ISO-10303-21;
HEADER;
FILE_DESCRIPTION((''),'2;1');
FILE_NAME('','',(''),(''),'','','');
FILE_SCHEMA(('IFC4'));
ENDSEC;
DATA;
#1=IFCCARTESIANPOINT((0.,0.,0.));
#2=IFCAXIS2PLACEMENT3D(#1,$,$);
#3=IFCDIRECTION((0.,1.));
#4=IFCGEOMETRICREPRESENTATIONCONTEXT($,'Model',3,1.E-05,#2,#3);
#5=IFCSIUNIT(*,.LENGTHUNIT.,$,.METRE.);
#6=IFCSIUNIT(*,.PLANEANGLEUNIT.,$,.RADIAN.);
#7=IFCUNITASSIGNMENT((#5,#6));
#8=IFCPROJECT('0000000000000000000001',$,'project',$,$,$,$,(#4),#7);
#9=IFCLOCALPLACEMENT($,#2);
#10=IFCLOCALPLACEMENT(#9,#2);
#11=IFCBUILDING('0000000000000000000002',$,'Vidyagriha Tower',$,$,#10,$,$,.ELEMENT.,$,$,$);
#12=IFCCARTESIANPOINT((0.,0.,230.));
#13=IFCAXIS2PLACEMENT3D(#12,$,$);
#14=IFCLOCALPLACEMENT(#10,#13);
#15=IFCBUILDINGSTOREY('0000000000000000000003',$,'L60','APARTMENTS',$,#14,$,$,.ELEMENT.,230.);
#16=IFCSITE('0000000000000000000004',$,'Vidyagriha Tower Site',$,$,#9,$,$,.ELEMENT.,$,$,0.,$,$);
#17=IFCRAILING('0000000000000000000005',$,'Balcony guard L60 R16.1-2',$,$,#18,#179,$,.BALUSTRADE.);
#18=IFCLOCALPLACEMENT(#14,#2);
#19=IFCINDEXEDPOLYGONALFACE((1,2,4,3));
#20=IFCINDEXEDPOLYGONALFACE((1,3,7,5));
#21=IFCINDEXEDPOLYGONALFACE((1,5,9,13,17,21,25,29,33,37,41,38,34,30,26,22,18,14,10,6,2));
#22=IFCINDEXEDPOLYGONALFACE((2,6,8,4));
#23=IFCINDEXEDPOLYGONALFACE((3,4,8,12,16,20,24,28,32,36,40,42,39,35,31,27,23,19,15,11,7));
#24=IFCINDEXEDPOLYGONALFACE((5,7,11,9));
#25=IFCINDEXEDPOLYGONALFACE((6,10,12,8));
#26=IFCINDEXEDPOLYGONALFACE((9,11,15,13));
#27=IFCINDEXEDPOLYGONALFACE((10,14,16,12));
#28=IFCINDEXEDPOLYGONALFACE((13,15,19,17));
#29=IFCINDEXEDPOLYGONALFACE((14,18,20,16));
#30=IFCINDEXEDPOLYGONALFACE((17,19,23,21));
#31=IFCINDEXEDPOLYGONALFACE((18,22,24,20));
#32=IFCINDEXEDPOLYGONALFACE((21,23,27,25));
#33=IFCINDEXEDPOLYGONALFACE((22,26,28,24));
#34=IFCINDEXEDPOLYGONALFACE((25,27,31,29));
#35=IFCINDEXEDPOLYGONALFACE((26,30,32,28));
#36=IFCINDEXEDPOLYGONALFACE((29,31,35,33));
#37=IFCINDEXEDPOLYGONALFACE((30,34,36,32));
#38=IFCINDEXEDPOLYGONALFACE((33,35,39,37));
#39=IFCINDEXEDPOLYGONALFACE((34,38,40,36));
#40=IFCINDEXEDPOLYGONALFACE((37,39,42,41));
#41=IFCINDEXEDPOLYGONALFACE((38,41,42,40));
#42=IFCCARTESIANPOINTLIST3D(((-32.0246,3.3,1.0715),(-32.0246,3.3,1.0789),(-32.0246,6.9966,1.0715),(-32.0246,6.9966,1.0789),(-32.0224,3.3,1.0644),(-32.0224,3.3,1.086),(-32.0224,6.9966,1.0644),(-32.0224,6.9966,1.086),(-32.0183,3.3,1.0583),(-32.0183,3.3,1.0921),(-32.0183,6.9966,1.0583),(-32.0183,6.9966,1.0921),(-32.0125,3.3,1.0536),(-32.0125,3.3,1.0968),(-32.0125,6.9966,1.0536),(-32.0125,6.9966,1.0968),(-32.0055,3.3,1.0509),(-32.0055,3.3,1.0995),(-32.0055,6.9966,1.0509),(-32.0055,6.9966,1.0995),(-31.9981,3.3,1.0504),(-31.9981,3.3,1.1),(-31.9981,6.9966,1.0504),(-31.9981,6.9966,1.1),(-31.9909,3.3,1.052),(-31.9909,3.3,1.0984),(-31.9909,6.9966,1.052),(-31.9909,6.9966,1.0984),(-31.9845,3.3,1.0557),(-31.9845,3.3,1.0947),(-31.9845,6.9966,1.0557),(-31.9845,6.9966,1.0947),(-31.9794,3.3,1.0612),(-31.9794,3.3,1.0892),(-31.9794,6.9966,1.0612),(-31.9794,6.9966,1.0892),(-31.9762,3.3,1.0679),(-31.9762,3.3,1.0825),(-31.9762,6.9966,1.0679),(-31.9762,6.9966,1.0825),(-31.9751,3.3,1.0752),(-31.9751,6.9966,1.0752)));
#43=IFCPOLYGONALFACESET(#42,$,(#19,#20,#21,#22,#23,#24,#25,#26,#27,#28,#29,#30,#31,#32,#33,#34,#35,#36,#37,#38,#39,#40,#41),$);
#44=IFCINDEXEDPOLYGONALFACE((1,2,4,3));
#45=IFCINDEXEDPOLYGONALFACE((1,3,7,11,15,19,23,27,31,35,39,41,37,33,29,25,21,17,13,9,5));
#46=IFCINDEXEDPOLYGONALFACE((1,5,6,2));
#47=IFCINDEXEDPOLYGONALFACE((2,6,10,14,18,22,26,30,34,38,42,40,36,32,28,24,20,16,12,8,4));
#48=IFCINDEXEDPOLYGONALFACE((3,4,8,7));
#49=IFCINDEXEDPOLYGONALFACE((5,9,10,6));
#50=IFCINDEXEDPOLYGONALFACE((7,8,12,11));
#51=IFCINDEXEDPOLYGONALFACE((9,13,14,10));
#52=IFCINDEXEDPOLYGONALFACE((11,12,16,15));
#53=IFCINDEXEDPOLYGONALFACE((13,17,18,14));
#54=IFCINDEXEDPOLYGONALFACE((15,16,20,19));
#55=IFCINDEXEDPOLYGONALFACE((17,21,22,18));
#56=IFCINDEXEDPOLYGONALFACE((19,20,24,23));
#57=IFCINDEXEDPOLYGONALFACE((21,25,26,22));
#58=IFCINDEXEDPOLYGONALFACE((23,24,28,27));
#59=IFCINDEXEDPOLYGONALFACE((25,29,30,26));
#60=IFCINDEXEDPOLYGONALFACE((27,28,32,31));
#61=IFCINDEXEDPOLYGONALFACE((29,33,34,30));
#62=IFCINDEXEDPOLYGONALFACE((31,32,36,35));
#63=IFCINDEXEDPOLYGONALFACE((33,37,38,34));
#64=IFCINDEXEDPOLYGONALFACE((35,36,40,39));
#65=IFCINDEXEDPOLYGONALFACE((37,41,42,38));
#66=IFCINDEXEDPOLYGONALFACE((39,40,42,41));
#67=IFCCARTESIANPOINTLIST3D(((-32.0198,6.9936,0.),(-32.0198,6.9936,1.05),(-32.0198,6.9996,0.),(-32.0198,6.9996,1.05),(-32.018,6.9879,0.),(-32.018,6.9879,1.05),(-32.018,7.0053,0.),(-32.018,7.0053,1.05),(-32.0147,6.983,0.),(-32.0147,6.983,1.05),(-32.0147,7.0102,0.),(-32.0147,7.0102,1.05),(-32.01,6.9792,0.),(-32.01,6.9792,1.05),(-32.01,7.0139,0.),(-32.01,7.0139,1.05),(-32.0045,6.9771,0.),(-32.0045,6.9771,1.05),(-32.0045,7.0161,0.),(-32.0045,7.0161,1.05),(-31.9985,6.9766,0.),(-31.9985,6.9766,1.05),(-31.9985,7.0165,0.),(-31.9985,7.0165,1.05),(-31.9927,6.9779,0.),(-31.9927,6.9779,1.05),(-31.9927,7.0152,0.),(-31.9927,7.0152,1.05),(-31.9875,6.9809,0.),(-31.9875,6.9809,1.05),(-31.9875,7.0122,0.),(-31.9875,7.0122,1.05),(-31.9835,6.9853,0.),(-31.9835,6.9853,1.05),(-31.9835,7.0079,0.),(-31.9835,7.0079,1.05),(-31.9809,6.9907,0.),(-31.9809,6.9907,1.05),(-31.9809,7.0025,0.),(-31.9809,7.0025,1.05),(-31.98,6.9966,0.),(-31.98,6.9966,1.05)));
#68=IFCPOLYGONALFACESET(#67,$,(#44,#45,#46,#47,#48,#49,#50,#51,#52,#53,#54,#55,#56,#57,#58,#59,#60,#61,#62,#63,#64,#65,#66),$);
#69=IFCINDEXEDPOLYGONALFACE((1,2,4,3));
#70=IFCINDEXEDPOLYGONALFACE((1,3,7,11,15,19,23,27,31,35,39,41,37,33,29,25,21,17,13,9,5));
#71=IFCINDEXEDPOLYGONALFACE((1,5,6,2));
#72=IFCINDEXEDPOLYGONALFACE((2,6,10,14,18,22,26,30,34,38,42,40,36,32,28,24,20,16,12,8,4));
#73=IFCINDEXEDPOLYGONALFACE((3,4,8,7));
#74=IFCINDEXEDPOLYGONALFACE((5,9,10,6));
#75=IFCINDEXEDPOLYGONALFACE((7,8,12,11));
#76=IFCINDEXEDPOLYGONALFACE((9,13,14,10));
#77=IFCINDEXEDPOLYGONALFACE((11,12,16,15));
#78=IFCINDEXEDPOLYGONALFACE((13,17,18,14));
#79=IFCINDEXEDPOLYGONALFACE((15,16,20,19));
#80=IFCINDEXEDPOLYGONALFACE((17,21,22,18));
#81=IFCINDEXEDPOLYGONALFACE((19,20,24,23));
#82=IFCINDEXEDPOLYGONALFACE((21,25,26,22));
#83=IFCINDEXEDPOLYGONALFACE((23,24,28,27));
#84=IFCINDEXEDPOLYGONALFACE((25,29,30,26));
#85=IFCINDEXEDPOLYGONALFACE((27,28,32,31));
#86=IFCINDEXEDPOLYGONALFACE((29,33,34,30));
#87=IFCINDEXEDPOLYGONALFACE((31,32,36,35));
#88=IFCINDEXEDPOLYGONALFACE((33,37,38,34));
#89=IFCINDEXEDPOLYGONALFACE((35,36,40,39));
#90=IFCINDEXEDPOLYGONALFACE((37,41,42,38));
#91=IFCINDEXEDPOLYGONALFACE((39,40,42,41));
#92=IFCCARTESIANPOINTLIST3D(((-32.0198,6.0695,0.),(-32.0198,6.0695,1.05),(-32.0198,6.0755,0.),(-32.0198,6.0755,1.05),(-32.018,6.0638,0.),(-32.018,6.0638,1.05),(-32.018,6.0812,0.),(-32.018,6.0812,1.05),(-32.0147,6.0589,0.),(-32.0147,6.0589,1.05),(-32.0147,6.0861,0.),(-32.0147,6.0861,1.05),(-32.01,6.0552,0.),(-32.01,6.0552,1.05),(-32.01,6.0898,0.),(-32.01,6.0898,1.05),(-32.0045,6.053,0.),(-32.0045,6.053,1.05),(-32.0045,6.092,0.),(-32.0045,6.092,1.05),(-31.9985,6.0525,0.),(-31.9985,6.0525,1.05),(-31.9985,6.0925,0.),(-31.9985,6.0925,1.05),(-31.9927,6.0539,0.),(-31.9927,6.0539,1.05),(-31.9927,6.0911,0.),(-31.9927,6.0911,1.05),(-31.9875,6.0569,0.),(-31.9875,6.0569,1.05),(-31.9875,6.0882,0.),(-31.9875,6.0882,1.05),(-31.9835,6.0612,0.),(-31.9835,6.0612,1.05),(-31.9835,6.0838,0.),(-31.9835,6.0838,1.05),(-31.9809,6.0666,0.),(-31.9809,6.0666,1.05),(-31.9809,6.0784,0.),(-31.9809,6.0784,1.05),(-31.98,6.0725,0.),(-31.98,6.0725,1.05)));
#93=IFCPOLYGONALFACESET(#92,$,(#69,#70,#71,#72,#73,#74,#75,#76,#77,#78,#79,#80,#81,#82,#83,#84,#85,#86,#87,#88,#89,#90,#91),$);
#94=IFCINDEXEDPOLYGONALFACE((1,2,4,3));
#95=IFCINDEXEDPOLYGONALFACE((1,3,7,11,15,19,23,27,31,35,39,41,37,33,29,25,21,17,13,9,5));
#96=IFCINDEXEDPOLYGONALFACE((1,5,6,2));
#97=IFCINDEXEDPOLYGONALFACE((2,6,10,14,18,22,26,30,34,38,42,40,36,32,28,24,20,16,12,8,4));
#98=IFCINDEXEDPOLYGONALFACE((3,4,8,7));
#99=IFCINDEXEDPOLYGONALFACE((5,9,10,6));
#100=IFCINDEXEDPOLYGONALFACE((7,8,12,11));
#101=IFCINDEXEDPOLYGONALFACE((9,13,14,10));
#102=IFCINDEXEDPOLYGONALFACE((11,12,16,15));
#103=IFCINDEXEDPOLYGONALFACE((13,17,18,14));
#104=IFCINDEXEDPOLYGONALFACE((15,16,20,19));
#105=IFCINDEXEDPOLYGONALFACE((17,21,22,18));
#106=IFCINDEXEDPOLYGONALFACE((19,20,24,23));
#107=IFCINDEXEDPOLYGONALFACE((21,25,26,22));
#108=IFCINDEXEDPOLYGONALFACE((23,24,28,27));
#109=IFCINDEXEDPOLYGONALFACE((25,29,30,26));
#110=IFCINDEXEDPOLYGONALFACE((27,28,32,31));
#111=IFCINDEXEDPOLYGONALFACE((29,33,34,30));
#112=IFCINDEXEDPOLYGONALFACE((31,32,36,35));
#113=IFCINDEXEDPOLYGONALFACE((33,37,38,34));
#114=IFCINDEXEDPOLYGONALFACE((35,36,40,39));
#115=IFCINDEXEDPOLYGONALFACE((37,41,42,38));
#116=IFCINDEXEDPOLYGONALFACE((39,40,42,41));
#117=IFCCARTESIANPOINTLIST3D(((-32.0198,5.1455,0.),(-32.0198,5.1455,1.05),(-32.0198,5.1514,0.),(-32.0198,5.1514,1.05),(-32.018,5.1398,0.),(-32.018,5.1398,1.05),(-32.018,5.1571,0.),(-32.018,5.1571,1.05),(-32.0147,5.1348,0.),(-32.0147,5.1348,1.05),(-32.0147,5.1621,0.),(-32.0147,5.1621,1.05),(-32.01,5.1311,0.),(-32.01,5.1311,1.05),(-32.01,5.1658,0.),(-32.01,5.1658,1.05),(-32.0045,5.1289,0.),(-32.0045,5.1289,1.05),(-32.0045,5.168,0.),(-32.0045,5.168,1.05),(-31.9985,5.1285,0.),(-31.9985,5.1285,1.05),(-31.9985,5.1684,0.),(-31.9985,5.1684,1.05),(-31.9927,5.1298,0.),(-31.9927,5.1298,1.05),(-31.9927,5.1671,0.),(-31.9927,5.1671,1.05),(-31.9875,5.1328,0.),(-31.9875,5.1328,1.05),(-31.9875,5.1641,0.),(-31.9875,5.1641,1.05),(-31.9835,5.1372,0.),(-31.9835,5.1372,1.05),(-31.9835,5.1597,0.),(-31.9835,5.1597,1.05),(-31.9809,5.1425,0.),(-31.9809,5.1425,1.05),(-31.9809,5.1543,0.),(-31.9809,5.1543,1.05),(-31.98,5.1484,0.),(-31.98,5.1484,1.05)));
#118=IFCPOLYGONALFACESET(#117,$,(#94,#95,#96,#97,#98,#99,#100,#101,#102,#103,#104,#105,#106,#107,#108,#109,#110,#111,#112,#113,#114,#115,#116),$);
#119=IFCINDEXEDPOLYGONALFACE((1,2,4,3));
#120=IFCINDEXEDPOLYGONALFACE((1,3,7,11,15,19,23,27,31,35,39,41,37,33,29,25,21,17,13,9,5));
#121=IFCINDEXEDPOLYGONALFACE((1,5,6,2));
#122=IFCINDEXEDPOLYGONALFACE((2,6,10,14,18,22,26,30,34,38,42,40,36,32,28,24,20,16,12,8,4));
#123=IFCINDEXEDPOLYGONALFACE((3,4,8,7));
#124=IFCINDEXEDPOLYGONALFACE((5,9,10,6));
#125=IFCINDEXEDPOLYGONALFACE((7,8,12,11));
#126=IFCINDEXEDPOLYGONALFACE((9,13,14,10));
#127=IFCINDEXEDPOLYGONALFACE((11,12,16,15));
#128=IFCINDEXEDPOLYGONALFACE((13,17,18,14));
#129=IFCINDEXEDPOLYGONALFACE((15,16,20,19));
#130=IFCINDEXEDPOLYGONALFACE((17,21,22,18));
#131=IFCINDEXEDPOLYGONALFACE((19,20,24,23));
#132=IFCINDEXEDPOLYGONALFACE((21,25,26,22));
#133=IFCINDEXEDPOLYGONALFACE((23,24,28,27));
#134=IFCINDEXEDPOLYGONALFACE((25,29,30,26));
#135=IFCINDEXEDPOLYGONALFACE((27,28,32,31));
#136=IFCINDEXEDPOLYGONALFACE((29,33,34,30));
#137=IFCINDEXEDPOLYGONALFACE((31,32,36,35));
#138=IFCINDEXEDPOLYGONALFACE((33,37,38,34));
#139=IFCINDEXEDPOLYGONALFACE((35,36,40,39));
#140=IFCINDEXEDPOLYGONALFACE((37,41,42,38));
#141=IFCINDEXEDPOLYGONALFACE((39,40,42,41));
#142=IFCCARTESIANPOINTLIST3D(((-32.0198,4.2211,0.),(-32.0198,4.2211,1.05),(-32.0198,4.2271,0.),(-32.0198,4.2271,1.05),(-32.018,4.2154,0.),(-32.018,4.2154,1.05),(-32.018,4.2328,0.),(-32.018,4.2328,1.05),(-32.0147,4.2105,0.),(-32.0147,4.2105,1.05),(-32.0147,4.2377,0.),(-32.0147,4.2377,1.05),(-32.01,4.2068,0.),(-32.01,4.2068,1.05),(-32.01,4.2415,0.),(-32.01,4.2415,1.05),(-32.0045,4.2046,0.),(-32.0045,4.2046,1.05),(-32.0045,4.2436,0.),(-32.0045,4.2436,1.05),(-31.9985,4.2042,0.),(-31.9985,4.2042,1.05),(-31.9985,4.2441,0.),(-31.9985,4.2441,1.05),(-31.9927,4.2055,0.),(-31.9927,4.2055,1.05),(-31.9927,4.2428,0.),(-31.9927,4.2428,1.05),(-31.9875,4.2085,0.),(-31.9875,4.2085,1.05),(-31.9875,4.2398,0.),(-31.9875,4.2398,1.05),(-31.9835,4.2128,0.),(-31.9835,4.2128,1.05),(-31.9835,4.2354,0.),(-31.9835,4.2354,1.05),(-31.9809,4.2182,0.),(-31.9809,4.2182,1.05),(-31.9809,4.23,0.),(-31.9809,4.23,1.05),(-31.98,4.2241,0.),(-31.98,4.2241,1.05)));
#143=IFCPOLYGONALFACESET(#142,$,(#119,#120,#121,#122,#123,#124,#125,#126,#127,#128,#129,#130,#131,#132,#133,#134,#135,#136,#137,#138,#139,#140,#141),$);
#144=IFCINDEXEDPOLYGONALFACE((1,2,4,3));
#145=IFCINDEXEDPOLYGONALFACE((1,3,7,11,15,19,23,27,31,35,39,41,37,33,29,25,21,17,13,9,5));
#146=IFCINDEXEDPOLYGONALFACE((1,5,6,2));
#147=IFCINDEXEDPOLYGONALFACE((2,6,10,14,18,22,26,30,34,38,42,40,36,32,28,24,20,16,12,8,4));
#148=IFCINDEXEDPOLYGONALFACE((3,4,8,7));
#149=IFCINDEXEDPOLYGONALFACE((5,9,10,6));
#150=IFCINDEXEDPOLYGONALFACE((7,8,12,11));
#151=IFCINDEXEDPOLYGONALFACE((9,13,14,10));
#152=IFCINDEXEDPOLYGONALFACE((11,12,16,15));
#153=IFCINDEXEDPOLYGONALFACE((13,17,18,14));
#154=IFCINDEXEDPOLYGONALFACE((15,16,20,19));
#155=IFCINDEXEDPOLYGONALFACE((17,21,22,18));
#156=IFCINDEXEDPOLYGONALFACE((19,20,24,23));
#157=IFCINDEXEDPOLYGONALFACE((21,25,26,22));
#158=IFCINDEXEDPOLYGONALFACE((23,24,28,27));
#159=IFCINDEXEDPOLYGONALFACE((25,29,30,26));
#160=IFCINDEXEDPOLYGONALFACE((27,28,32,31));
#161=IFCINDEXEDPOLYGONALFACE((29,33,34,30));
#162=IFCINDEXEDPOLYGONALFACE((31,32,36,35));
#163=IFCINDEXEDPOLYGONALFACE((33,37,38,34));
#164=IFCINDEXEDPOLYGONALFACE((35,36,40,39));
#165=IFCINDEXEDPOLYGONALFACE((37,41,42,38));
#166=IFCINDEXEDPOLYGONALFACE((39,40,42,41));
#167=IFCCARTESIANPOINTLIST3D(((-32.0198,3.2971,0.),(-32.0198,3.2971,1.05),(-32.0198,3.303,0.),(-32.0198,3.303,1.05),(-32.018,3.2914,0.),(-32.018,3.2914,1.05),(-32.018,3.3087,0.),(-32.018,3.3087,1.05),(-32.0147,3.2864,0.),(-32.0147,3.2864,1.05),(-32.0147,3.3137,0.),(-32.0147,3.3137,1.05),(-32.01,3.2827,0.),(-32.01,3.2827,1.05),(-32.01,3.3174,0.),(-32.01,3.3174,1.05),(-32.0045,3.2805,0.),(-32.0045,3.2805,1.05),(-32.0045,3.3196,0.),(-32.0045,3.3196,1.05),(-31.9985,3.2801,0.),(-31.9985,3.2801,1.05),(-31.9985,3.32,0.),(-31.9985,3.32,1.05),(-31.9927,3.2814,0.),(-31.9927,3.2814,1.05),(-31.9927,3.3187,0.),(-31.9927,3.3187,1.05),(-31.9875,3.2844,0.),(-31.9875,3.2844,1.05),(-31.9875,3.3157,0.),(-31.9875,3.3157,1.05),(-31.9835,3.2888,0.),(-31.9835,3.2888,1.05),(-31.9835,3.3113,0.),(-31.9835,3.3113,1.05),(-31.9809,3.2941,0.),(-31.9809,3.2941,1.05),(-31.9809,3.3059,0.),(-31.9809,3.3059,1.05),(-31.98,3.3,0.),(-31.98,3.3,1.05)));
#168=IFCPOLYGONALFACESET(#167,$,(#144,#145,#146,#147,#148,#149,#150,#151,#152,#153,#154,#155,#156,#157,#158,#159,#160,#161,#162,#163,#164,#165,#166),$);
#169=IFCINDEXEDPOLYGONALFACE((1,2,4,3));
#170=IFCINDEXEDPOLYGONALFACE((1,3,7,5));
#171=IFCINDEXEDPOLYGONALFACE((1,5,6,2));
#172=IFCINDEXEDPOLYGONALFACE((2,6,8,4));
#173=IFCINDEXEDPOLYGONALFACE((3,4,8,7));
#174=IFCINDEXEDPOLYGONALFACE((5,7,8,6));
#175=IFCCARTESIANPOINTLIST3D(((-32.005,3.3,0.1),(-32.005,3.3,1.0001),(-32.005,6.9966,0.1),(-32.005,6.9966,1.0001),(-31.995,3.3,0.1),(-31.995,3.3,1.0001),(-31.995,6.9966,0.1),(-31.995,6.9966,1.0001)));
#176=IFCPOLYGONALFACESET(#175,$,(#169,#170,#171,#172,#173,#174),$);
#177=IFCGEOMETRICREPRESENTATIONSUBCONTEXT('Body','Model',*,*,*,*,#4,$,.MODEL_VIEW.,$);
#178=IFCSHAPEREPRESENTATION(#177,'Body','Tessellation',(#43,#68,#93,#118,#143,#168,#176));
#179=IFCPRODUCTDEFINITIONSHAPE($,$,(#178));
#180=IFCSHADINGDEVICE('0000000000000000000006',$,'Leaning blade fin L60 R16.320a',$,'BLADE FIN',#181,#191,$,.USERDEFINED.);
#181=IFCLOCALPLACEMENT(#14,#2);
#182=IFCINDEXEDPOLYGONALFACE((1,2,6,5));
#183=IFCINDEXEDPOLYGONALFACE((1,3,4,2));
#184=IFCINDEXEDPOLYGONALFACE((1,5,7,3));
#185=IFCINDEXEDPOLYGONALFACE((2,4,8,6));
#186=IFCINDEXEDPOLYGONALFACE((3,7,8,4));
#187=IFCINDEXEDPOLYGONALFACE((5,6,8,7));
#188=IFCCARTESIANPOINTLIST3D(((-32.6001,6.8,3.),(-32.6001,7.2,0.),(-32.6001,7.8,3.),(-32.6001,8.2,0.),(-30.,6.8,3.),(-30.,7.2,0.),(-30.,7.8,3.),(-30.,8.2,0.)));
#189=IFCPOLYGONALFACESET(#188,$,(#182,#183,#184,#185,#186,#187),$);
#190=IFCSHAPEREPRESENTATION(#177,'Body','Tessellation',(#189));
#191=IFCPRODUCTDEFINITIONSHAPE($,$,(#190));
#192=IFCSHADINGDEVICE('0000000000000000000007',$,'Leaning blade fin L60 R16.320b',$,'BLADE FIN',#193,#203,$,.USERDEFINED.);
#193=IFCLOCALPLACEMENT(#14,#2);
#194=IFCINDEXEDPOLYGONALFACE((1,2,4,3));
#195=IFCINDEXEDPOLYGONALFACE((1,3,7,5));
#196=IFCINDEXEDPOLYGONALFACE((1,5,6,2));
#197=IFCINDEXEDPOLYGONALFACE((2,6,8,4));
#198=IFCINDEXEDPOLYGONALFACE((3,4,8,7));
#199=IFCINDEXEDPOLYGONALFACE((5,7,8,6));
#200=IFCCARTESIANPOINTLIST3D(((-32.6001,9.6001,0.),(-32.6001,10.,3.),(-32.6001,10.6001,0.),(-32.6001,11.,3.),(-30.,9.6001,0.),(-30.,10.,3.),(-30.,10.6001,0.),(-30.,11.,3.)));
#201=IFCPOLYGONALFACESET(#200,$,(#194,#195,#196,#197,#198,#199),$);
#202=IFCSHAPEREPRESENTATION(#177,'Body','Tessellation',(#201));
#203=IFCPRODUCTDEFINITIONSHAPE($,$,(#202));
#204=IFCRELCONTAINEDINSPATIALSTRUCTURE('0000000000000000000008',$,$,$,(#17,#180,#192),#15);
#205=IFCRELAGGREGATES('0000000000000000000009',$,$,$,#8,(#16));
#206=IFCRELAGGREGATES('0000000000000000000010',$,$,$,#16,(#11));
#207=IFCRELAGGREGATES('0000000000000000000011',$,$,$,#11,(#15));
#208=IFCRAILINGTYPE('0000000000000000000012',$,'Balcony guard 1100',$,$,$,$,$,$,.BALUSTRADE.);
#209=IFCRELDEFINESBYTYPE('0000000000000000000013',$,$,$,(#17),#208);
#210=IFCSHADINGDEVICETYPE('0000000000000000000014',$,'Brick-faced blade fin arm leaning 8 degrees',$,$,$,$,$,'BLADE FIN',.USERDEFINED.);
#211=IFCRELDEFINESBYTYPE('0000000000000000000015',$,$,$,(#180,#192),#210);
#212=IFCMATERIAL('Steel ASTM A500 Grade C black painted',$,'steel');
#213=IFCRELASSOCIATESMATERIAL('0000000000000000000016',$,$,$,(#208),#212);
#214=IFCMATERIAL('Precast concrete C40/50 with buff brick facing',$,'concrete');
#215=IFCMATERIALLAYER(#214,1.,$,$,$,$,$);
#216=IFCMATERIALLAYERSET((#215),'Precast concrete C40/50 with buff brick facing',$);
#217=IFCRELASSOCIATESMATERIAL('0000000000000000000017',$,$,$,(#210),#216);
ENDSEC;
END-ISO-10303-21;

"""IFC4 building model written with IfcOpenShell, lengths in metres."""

from ifc_helpers import new_model, si_unit, direction, frame, origin, origin_2d, place, context, subcontext, project, spatial, polyline, rectangle, circle, outline, extrude, material, layer, layer_set, type_object, element, save


model = new_model("IFC4")

# Units and contexts
model_context = context("Model", 3, precision=1e-05, world=origin(), true_north=direction((0.0, 1.0)))
body_context = subcontext(model_context, "Body", "Model", "MODEL_VIEW")
ifc_project = project(units=[si_unit("LENGTHUNIT", "METRE"), si_unit("PLANEANGLEUNIT", "RADIAN")], contexts=[model_context])

# Site, building, storey
site_placement = place(None, origin())
site = spatial("IfcSite", under=ifc_project, at=site_placement, Name="Vidyagriha Tower Site", CompositionType="ELEMENT", RefElevation=0.0)
building_placement = place(site_placement, origin())
building = spatial("IfcBuilding", under=site, at=building_placement, Name="Vidyagriha Tower", CompositionType="ELEMENT")
storey_placement = place(building_placement, frame((0.0, 0.0, 230.0)))
storey = spatial("IfcBuildingStorey", under=building, at=storey_placement, Name="L60", Description="APARTMENTS", CompositionType="ELEMENT", Elevation=230.0)

# Railing
ifc_material_1 = material(Name="Steel ASTM A500 Grade C black painted", Category="steel")
railing_type = type_object("IfcRailingType", Name="Balcony guard 1100", PredefinedType="BALUSTRADE", material=ifc_material_1)
railing_1_placement = place(storey_placement, frame((-32.0, 6.9966, 0.0)))
element("IfcRailing", 1, at=railing_1_placement, inside=storey, type_object=railing_type, Name="Balcony guard L60 R16.1-2", PredefinedType="BALUSTRADE", context=body_context, shape_type="SweptSolid", body=[
    extrude(circle(Radius=0.0249, at=origin_2d()), frame((0.0, 0.0, 1.0752), z_axis=(0.0, -1.0, 0.0), x_axis=(1.0, 0.0, 0.0)), (0.0, 0.0, 1.0), 3.6965),
    extrude(circle(Radius=0.02, at=origin_2d()), origin(), (0.0, 0.0, 1.0), 1.05),
    extrude(circle(Radius=0.02, at=origin_2d()), frame((0.0, -0.9241, 0.0)), (0.0, 0.0, 1.0), 1.05),
    extrude(circle(Radius=0.02, at=origin_2d()), frame((0.0, -1.8481, 0.0)), (0.0, 0.0, 1.0), 1.05),
    extrude(circle(Radius=0.02, at=origin_2d()), frame((0.0, -2.7725, 0.0)), (0.0, 0.0, 1.0), 1.05),
    extrude(circle(Radius=0.02, at=origin_2d()), frame((0.0, -3.6965, 0.0)), (0.0, 0.0, 1.0), 1.05),
    extrude(rectangle(XDim=0.01, YDim=0.9001, at=origin_2d()), frame((0.0, 0.0, 0.55), z_axis=(0.0, -1.0, 0.0), x_axis=(1.0, 0.0, 0.0)), (0.0, 0.0, 1.0), 3.6965),
])

# Shading devices
ifc_material_2 = material(Name="Precast concrete C40/50 with buff brick facing", Category="concrete")
ifc_layer_1 = layer(ifc_material_2, 1.0)
ifc_layer_set_1 = layer_set([ifc_layer_1], Name="Precast concrete C40/50 with buff brick facing")
shading_device_type_1 = type_object("IfcShadingDeviceType", Name="Brick-faced blade fin arm leaning 8 degrees", ElementType="BLADE FIN", PredefinedType="USERDEFINED", material=ifc_layer_set_1)
shading_device_1_placement = place(storey_placement, frame((-31.3, 8.2, 0.0), z_axis=(0.0, 0.0, 1.0), x_axis=(0.0, -1.0, 0.0)))
element("IfcShadingDevice", 2, at=shading_device_1_placement, inside=storey, type_object=shading_device_type_1, Name="Leaning blade fin L60 R16.320a", ObjectType="BLADE FIN", PredefinedType="USERDEFINED", context=body_context, shape_type="SweptSolid", body=[
    extrude(outline(polyline([(0.0, 0.0), (1.0, 0.0), (1.3999, 3.0), (0.3999, 3.0), (0.0, 0.0)])), frame((0.0, 1.3, 0.0), z_axis=(0.0, -1.0, 0.0), x_axis=(1.0, 0.0, 0.0)), (0.0, 0.0, 1.0), 2.6001),
])
shading_device_2_placement = place(storey_placement, frame((-31.3, 11.0, 0.0), z_axis=(0.0, 0.0, 1.0), x_axis=(0.0, -1.0, 0.0)))
element("IfcShadingDevice", 3, at=shading_device_2_placement, inside=storey, type_object=shading_device_type_1, Name="Leaning blade fin L60 R16.320b", ObjectType="BLADE FIN", PredefinedType="USERDEFINED", context=body_context, shape_type="SweptSolid", body=[
    extrude(outline(polyline([(0.3999, 0.0), (1.3999, 0.0), (1.0, 3.0), (0.0, 3.0), (0.3999, 0.0)])), frame((0.0, 1.3, 0.0), z_axis=(0.0, -1.0, 0.0), x_axis=(1.0, 0.0, 0.0)), (0.0, 0.0, 1.0), 2.6001),
])

save(model, "model.ifc")
